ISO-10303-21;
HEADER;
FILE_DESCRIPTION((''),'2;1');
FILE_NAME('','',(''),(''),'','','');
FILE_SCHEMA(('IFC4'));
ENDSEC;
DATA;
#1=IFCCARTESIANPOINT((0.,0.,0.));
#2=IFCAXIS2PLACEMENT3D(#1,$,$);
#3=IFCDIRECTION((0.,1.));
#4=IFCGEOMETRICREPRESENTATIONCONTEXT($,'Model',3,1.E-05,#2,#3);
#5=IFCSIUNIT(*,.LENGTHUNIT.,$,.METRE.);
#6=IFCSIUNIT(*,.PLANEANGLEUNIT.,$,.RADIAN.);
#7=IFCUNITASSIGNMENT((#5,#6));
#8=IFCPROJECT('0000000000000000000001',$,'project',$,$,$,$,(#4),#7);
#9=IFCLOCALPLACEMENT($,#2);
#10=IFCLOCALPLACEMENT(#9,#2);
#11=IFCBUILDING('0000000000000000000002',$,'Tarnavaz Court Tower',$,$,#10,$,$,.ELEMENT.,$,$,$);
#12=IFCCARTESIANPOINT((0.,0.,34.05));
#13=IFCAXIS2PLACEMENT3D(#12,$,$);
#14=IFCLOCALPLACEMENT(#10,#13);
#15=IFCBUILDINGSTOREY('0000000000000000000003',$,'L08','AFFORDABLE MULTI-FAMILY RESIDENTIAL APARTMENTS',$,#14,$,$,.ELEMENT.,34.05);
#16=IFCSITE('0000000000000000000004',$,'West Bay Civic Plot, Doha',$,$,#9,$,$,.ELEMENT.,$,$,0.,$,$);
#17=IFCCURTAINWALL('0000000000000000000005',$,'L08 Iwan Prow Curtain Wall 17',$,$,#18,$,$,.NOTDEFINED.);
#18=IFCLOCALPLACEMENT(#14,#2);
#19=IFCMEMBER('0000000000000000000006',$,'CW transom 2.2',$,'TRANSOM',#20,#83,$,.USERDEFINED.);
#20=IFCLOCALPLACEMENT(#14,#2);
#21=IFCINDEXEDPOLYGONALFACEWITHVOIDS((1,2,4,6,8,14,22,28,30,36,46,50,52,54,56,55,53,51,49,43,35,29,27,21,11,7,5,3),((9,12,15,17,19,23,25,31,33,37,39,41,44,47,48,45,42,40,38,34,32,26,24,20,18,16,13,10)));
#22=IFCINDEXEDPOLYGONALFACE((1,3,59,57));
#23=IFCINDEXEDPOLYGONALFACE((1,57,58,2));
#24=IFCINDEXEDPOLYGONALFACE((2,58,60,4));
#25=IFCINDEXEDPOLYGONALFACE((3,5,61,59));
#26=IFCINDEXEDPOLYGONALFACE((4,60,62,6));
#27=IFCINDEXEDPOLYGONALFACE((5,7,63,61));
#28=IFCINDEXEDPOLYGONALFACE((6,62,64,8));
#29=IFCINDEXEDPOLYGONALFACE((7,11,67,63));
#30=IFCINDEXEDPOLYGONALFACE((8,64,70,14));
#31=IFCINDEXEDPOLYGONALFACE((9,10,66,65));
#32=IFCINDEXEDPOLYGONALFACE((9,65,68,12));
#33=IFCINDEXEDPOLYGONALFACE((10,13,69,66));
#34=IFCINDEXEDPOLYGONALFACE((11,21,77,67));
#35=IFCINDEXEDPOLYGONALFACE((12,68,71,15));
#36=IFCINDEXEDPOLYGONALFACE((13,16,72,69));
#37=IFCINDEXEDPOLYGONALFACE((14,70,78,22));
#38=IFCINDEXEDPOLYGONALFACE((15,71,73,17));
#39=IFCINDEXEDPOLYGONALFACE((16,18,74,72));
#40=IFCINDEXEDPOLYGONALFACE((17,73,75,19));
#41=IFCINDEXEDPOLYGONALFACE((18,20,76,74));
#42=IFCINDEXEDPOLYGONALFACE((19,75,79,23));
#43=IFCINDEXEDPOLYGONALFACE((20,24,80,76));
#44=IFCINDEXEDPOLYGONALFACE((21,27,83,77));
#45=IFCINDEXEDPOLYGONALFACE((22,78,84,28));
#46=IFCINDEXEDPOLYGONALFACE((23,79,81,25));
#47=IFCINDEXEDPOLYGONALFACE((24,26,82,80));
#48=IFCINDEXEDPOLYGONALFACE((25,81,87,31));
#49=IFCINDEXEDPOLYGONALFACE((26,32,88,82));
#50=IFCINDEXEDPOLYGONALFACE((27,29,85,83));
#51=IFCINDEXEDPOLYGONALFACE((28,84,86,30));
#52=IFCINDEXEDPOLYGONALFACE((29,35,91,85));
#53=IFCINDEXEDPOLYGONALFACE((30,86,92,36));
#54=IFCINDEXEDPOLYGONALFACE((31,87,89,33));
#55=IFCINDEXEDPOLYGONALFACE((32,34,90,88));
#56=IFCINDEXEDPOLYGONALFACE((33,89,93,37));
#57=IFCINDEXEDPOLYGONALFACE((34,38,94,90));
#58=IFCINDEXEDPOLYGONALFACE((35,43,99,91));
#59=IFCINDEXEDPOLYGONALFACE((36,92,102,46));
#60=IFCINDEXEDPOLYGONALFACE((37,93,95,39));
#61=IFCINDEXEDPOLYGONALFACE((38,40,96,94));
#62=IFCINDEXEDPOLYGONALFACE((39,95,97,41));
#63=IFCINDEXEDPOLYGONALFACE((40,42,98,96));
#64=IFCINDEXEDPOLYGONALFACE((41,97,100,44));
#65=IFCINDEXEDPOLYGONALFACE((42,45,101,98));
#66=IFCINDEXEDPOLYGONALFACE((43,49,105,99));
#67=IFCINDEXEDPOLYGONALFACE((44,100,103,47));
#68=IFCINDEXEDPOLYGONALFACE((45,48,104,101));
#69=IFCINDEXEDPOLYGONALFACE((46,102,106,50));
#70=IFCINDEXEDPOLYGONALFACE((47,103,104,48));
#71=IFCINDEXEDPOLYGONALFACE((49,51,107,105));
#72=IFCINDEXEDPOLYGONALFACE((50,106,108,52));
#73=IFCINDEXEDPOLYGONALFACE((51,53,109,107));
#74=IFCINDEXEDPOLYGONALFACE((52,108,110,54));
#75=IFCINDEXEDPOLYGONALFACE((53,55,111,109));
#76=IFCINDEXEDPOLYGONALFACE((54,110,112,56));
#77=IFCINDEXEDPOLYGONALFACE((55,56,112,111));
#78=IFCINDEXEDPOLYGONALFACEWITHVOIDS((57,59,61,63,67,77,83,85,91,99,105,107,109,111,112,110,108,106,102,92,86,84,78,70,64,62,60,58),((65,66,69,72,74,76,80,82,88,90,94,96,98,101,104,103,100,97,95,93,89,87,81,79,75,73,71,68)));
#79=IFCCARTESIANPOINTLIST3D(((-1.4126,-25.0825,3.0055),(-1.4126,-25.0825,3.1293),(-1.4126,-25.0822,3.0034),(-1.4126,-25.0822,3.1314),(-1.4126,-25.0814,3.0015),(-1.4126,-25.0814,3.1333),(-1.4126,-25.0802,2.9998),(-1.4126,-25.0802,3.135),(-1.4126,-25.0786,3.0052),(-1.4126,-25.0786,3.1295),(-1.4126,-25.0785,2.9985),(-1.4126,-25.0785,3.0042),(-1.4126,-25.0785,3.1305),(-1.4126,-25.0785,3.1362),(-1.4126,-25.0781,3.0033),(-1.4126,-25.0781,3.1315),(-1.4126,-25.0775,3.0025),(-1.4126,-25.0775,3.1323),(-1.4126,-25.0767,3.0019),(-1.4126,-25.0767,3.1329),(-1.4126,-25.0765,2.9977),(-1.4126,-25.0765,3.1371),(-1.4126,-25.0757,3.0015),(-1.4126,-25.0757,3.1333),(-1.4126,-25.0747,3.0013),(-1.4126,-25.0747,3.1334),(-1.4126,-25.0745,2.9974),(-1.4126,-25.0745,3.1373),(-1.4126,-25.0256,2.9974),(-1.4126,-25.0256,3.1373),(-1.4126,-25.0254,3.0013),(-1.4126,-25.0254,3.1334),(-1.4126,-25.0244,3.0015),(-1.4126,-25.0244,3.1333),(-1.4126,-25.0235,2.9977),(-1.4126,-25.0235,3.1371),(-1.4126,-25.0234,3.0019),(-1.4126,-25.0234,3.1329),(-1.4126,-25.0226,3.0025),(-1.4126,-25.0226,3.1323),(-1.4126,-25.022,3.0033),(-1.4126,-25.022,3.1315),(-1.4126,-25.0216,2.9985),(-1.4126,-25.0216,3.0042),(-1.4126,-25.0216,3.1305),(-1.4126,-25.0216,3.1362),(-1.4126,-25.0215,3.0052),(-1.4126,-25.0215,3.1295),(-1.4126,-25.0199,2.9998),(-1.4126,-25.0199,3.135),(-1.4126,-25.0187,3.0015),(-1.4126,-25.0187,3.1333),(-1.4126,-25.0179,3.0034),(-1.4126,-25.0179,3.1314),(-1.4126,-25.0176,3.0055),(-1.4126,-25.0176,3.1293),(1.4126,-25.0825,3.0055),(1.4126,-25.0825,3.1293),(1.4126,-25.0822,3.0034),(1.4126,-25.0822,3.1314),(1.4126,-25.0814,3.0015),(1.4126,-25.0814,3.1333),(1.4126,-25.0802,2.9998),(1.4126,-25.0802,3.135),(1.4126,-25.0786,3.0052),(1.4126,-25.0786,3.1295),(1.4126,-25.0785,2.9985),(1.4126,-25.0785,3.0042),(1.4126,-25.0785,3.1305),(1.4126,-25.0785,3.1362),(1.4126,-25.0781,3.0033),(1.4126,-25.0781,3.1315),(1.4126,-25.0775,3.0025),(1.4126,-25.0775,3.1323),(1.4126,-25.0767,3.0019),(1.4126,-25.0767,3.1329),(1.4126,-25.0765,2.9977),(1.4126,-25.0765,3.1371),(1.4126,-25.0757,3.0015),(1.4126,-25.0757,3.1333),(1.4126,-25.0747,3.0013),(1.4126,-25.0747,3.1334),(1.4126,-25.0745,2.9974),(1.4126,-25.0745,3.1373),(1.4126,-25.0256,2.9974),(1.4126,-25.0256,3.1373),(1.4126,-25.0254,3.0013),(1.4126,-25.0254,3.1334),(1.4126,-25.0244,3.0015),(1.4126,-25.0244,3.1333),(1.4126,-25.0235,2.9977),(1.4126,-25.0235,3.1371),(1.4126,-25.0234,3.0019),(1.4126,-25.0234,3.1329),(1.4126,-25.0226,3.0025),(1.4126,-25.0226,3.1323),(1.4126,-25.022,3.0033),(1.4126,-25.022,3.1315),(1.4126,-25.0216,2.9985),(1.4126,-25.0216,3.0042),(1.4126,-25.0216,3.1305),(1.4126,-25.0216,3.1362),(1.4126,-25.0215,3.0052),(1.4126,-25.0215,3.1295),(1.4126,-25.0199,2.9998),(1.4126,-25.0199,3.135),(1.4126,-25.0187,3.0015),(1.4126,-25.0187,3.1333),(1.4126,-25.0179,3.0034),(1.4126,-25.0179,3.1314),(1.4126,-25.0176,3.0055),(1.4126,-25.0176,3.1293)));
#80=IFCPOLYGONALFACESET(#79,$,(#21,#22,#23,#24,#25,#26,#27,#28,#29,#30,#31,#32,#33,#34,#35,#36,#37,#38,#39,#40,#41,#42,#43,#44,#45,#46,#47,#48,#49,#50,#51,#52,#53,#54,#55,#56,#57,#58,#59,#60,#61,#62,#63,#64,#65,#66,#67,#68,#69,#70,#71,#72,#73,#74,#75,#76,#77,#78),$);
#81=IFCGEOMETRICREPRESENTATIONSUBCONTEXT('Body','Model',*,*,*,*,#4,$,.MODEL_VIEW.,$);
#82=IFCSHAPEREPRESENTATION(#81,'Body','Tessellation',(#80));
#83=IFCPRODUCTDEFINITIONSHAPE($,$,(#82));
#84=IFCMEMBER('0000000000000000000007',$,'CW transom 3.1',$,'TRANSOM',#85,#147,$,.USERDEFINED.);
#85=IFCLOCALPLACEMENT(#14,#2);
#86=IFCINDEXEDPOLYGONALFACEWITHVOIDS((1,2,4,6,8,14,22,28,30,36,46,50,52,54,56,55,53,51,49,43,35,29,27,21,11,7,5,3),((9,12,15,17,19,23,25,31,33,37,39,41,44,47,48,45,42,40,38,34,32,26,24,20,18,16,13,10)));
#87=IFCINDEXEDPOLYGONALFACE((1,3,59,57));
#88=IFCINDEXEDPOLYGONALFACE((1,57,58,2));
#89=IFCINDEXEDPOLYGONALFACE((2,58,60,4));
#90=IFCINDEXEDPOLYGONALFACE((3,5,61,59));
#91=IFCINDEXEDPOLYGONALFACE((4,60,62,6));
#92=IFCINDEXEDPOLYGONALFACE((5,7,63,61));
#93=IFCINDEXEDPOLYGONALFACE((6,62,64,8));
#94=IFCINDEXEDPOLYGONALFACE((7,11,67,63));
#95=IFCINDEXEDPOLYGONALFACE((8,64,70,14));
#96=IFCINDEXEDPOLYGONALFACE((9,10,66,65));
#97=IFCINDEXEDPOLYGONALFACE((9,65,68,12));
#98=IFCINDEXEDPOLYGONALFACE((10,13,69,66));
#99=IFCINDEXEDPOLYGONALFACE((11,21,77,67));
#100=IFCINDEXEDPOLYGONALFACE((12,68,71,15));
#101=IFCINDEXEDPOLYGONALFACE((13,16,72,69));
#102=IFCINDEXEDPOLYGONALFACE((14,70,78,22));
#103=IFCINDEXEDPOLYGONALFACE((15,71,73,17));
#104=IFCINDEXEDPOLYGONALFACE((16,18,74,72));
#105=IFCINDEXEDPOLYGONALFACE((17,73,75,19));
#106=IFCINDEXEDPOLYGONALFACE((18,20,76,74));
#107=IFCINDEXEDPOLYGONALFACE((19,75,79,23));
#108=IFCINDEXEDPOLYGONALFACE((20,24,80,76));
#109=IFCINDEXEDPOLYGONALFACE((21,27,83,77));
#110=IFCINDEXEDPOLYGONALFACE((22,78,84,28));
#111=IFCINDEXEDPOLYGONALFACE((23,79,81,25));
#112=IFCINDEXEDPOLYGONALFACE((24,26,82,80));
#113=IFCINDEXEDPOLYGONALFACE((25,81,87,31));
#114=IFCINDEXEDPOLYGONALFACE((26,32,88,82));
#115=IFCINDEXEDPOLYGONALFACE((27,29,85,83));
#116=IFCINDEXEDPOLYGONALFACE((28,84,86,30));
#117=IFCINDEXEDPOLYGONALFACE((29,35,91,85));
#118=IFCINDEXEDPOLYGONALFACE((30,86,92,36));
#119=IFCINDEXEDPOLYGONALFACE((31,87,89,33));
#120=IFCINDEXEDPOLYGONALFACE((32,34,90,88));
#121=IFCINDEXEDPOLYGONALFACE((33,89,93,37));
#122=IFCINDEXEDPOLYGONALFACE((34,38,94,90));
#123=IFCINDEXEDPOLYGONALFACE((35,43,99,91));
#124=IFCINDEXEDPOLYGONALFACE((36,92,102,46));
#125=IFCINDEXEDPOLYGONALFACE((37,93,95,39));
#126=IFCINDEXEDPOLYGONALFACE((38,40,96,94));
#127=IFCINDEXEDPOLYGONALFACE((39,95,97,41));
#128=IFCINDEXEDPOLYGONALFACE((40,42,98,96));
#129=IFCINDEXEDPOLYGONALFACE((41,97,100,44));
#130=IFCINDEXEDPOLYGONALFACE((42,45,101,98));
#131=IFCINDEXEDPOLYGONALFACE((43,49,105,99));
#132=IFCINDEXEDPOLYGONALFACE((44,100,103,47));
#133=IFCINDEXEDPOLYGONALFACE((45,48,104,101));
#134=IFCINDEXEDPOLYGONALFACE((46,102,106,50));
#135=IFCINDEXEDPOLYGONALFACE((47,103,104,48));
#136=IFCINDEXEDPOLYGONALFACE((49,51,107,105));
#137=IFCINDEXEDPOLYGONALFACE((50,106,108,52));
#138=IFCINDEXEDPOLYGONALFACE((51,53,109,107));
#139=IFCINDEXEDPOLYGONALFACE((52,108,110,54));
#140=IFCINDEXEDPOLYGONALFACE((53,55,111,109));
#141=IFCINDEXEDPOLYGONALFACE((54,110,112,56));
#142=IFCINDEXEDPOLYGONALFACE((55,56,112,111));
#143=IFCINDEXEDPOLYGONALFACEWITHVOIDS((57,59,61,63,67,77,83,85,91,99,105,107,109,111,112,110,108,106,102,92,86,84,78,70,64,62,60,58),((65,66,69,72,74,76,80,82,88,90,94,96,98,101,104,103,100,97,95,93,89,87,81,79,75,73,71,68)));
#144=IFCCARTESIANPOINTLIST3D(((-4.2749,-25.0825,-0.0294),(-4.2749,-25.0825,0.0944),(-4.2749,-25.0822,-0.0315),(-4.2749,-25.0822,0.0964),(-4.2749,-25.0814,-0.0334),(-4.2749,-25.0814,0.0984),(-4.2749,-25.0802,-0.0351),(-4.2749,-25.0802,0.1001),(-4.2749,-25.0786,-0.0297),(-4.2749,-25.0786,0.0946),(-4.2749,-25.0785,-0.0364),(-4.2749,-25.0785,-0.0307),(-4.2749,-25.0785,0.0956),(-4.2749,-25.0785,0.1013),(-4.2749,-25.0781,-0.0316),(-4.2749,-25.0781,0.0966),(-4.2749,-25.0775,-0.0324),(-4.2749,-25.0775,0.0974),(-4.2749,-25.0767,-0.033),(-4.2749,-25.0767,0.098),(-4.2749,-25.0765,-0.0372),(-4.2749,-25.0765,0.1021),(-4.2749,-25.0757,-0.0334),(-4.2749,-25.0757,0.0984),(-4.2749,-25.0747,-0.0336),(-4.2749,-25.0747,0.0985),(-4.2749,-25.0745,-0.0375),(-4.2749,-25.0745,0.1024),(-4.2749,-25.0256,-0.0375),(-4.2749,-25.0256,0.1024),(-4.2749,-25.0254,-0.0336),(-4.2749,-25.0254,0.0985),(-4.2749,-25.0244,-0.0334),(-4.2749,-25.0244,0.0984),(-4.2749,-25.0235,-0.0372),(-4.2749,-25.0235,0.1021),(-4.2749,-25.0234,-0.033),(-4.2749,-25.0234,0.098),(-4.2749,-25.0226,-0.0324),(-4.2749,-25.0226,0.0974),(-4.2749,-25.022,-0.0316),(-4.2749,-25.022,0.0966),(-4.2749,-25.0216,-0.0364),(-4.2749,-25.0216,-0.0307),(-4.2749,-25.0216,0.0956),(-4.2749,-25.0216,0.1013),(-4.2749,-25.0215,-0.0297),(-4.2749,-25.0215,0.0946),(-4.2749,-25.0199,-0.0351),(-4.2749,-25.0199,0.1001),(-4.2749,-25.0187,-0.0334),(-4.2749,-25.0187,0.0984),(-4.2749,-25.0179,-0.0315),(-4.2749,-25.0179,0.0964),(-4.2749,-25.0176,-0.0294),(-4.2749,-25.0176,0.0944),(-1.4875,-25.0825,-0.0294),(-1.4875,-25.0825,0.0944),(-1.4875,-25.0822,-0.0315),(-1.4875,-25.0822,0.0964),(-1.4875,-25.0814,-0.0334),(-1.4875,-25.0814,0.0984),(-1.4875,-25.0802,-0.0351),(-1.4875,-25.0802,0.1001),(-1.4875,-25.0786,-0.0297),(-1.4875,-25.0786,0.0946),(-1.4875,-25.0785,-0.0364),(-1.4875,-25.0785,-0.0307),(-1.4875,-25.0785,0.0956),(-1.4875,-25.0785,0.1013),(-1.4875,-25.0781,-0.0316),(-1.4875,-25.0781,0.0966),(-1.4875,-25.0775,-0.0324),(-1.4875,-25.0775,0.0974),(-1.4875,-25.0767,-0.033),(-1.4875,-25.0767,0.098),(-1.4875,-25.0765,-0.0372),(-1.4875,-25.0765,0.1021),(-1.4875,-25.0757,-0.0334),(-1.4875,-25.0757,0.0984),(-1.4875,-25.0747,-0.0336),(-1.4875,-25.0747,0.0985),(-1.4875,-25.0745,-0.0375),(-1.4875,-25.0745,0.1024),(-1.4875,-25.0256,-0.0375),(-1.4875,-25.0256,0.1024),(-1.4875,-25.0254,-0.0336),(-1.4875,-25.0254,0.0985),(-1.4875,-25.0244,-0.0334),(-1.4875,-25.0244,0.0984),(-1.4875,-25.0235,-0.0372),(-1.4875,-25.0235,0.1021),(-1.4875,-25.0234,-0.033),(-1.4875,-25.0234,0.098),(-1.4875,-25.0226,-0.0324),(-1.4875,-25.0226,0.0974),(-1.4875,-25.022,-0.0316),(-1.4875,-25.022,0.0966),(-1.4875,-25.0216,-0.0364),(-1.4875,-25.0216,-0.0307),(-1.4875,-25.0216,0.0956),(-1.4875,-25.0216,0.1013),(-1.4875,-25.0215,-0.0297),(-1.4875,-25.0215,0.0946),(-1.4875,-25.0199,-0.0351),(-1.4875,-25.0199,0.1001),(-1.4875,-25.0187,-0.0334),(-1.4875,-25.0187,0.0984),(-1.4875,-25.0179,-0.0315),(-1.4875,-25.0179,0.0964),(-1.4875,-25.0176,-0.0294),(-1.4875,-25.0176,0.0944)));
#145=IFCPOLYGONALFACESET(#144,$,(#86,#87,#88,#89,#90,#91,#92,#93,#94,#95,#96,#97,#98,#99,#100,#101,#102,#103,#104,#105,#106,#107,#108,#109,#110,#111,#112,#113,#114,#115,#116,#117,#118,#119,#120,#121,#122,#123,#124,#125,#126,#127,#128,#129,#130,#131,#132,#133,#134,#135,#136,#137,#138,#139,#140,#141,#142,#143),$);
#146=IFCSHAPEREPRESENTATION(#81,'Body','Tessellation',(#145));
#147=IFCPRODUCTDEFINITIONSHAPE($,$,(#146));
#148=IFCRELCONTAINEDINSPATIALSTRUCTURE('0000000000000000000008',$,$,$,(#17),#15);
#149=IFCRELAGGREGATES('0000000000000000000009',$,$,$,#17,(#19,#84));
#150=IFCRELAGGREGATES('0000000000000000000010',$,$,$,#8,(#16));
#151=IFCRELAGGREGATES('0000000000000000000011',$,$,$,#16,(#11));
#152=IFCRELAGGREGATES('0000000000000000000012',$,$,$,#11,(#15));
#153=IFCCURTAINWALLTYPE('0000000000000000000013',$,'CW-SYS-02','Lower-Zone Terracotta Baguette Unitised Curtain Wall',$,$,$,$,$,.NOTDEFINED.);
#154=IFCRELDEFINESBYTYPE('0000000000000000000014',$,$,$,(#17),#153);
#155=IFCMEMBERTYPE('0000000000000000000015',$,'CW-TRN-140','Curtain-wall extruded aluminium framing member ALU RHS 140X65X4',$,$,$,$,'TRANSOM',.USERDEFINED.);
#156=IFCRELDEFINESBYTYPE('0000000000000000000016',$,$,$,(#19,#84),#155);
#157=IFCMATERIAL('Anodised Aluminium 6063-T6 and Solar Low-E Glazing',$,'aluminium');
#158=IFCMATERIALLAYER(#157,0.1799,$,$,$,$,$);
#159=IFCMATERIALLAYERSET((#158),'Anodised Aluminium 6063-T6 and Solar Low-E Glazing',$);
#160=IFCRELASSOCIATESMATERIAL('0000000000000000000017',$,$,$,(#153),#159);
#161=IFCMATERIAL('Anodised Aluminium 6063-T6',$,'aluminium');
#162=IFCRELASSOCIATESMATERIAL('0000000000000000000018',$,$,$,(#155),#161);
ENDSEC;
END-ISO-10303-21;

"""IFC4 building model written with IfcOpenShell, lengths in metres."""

from ifc_helpers import new_model, si_unit, direction, frame, origin, origin_2d, place, context, subcontext, project, spatial, hollow_rectangle, extrude, material, layer, layer_set, material_profile, profile_set, type_object, element, aggregate, save


model = new_model("IFC4")

# Units and contexts
model_context = context("Model", 3, precision=1e-05, world=origin(), true_north=direction((0.0, 1.0)))
body_context = subcontext(model_context, "Body", "Model", "MODEL_VIEW")
ifc_project = project(units=[si_unit("LENGTHUNIT", "METRE"), si_unit("PLANEANGLEUNIT", "RADIAN")], contexts=[model_context])

# Site, building, storey
site_placement = place(None, origin())
site = spatial("IfcSite", under=ifc_project, at=site_placement, Name="West Bay Civic Plot, Doha", CompositionType="ELEMENT", RefElevation=0.0)
building_placement = place(site_placement, origin())
building = spatial("IfcBuilding", under=site, at=building_placement, Name="Tarnavaz Court Tower", CompositionType="ELEMENT")
storey_placement = place(building_placement, frame((0.0, 0.0, 34.05)))
storey = spatial("IfcBuildingStorey", under=building, at=storey_placement, Name="L08", Description="AFFORDABLE MULTI-FAMILY RESIDENTIAL APARTMENTS", CompositionType="ELEMENT", Elevation=34.05)

# Curtain wall, members
ifc_material_1 = material(Name="Anodised Aluminium 6063-T6 and Solar Low-E Glazing", Category="aluminium")
ifc_layer_1 = layer(ifc_material_1, 0.1799)
ifc_layer_set_1 = layer_set([ifc_layer_1], Name="Anodised Aluminium 6063-T6 and Solar Low-E Glazing")
curtain_wall_type = type_object("IfcCurtainWallType", Name="CW-SYS-02", Description="Lower-Zone Terracotta Baguette Unitised Curtain Wall", PredefinedType="NOTDEFINED", material=ifc_layer_set_1)
curtain_wall_placement = place(storey_placement, origin())
curtain_wall = element("IfcCurtainWall", 1, at=curtain_wall_placement, inside=storey, type_object=curtain_wall_type, Name="L08 Iwan Prow Curtain Wall 17", PredefinedType="NOTDEFINED")
ifc_material_2 = material(Name="Anodised Aluminium 6063-T6", Category="aluminium")
ifc_material_profile_1 = material_profile(ifc_material_2, hollow_rectangle(XDim=0.0649, YDim=0.1399, WallThickness=0.0039, InnerFilletRadius=0.0039, OuterFilletRadius=0.0081, at=origin_2d()), Name="ALU RHS 140X65X4")
ifc_profile_set_1 = profile_set([ifc_material_profile_1], Name="Anodised Aluminium 6063-T6")
member_type_1 = type_object("IfcMemberType", Name="CW-TRN-140", Description="Curtain-wall extruded aluminium framing member ALU RHS 140X65X4", ElementType="TRANSOM", PredefinedType="USERDEFINED", material=ifc_profile_set_1)
member_1_placement = place(storey_placement, frame((1.4126, -25.05, 3.0674), z_axis=(-1.0, 0.0, 0.0), x_axis=(0.0, -1.0, 0.0)))
member_1 = element("IfcMember", 2, at=member_1_placement, type_object=member_type_1, Name="CW transom 2.2", ObjectType="TRANSOM", PredefinedType="USERDEFINED", context=body_context, shape_type="SweptSolid", body=[
    extrude(hollow_rectangle(XDim=0.0649, YDim=0.1399, WallThickness=0.0039, InnerFilletRadius=0.0039, OuterFilletRadius=0.0081, at=origin_2d()), origin(), (0.0, 0.0, 1.0), 2.8252),
])
member_2_placement = place(storey_placement, frame((-1.4875, -25.05, 0.0325), z_axis=(-1.0, 0.0, 0.0), x_axis=(0.0, -1.0, 0.0)))
member_2 = element("IfcMember", 3, at=member_2_placement, type_object=member_type_1, Name="CW transom 3.1", ObjectType="TRANSOM", PredefinedType="USERDEFINED", context=body_context, shape_type="SweptSolid", body=[
    extrude(hollow_rectangle(XDim=0.0649, YDim=0.1399, WallThickness=0.0039, InnerFilletRadius=0.0039, OuterFilletRadius=0.0081, at=origin_2d()), origin(), (0.0, 0.0, 1.0), 2.7874),
])
aggregate(curtain_wall, [member_1, member_2])

save(model, "model.ifc")
